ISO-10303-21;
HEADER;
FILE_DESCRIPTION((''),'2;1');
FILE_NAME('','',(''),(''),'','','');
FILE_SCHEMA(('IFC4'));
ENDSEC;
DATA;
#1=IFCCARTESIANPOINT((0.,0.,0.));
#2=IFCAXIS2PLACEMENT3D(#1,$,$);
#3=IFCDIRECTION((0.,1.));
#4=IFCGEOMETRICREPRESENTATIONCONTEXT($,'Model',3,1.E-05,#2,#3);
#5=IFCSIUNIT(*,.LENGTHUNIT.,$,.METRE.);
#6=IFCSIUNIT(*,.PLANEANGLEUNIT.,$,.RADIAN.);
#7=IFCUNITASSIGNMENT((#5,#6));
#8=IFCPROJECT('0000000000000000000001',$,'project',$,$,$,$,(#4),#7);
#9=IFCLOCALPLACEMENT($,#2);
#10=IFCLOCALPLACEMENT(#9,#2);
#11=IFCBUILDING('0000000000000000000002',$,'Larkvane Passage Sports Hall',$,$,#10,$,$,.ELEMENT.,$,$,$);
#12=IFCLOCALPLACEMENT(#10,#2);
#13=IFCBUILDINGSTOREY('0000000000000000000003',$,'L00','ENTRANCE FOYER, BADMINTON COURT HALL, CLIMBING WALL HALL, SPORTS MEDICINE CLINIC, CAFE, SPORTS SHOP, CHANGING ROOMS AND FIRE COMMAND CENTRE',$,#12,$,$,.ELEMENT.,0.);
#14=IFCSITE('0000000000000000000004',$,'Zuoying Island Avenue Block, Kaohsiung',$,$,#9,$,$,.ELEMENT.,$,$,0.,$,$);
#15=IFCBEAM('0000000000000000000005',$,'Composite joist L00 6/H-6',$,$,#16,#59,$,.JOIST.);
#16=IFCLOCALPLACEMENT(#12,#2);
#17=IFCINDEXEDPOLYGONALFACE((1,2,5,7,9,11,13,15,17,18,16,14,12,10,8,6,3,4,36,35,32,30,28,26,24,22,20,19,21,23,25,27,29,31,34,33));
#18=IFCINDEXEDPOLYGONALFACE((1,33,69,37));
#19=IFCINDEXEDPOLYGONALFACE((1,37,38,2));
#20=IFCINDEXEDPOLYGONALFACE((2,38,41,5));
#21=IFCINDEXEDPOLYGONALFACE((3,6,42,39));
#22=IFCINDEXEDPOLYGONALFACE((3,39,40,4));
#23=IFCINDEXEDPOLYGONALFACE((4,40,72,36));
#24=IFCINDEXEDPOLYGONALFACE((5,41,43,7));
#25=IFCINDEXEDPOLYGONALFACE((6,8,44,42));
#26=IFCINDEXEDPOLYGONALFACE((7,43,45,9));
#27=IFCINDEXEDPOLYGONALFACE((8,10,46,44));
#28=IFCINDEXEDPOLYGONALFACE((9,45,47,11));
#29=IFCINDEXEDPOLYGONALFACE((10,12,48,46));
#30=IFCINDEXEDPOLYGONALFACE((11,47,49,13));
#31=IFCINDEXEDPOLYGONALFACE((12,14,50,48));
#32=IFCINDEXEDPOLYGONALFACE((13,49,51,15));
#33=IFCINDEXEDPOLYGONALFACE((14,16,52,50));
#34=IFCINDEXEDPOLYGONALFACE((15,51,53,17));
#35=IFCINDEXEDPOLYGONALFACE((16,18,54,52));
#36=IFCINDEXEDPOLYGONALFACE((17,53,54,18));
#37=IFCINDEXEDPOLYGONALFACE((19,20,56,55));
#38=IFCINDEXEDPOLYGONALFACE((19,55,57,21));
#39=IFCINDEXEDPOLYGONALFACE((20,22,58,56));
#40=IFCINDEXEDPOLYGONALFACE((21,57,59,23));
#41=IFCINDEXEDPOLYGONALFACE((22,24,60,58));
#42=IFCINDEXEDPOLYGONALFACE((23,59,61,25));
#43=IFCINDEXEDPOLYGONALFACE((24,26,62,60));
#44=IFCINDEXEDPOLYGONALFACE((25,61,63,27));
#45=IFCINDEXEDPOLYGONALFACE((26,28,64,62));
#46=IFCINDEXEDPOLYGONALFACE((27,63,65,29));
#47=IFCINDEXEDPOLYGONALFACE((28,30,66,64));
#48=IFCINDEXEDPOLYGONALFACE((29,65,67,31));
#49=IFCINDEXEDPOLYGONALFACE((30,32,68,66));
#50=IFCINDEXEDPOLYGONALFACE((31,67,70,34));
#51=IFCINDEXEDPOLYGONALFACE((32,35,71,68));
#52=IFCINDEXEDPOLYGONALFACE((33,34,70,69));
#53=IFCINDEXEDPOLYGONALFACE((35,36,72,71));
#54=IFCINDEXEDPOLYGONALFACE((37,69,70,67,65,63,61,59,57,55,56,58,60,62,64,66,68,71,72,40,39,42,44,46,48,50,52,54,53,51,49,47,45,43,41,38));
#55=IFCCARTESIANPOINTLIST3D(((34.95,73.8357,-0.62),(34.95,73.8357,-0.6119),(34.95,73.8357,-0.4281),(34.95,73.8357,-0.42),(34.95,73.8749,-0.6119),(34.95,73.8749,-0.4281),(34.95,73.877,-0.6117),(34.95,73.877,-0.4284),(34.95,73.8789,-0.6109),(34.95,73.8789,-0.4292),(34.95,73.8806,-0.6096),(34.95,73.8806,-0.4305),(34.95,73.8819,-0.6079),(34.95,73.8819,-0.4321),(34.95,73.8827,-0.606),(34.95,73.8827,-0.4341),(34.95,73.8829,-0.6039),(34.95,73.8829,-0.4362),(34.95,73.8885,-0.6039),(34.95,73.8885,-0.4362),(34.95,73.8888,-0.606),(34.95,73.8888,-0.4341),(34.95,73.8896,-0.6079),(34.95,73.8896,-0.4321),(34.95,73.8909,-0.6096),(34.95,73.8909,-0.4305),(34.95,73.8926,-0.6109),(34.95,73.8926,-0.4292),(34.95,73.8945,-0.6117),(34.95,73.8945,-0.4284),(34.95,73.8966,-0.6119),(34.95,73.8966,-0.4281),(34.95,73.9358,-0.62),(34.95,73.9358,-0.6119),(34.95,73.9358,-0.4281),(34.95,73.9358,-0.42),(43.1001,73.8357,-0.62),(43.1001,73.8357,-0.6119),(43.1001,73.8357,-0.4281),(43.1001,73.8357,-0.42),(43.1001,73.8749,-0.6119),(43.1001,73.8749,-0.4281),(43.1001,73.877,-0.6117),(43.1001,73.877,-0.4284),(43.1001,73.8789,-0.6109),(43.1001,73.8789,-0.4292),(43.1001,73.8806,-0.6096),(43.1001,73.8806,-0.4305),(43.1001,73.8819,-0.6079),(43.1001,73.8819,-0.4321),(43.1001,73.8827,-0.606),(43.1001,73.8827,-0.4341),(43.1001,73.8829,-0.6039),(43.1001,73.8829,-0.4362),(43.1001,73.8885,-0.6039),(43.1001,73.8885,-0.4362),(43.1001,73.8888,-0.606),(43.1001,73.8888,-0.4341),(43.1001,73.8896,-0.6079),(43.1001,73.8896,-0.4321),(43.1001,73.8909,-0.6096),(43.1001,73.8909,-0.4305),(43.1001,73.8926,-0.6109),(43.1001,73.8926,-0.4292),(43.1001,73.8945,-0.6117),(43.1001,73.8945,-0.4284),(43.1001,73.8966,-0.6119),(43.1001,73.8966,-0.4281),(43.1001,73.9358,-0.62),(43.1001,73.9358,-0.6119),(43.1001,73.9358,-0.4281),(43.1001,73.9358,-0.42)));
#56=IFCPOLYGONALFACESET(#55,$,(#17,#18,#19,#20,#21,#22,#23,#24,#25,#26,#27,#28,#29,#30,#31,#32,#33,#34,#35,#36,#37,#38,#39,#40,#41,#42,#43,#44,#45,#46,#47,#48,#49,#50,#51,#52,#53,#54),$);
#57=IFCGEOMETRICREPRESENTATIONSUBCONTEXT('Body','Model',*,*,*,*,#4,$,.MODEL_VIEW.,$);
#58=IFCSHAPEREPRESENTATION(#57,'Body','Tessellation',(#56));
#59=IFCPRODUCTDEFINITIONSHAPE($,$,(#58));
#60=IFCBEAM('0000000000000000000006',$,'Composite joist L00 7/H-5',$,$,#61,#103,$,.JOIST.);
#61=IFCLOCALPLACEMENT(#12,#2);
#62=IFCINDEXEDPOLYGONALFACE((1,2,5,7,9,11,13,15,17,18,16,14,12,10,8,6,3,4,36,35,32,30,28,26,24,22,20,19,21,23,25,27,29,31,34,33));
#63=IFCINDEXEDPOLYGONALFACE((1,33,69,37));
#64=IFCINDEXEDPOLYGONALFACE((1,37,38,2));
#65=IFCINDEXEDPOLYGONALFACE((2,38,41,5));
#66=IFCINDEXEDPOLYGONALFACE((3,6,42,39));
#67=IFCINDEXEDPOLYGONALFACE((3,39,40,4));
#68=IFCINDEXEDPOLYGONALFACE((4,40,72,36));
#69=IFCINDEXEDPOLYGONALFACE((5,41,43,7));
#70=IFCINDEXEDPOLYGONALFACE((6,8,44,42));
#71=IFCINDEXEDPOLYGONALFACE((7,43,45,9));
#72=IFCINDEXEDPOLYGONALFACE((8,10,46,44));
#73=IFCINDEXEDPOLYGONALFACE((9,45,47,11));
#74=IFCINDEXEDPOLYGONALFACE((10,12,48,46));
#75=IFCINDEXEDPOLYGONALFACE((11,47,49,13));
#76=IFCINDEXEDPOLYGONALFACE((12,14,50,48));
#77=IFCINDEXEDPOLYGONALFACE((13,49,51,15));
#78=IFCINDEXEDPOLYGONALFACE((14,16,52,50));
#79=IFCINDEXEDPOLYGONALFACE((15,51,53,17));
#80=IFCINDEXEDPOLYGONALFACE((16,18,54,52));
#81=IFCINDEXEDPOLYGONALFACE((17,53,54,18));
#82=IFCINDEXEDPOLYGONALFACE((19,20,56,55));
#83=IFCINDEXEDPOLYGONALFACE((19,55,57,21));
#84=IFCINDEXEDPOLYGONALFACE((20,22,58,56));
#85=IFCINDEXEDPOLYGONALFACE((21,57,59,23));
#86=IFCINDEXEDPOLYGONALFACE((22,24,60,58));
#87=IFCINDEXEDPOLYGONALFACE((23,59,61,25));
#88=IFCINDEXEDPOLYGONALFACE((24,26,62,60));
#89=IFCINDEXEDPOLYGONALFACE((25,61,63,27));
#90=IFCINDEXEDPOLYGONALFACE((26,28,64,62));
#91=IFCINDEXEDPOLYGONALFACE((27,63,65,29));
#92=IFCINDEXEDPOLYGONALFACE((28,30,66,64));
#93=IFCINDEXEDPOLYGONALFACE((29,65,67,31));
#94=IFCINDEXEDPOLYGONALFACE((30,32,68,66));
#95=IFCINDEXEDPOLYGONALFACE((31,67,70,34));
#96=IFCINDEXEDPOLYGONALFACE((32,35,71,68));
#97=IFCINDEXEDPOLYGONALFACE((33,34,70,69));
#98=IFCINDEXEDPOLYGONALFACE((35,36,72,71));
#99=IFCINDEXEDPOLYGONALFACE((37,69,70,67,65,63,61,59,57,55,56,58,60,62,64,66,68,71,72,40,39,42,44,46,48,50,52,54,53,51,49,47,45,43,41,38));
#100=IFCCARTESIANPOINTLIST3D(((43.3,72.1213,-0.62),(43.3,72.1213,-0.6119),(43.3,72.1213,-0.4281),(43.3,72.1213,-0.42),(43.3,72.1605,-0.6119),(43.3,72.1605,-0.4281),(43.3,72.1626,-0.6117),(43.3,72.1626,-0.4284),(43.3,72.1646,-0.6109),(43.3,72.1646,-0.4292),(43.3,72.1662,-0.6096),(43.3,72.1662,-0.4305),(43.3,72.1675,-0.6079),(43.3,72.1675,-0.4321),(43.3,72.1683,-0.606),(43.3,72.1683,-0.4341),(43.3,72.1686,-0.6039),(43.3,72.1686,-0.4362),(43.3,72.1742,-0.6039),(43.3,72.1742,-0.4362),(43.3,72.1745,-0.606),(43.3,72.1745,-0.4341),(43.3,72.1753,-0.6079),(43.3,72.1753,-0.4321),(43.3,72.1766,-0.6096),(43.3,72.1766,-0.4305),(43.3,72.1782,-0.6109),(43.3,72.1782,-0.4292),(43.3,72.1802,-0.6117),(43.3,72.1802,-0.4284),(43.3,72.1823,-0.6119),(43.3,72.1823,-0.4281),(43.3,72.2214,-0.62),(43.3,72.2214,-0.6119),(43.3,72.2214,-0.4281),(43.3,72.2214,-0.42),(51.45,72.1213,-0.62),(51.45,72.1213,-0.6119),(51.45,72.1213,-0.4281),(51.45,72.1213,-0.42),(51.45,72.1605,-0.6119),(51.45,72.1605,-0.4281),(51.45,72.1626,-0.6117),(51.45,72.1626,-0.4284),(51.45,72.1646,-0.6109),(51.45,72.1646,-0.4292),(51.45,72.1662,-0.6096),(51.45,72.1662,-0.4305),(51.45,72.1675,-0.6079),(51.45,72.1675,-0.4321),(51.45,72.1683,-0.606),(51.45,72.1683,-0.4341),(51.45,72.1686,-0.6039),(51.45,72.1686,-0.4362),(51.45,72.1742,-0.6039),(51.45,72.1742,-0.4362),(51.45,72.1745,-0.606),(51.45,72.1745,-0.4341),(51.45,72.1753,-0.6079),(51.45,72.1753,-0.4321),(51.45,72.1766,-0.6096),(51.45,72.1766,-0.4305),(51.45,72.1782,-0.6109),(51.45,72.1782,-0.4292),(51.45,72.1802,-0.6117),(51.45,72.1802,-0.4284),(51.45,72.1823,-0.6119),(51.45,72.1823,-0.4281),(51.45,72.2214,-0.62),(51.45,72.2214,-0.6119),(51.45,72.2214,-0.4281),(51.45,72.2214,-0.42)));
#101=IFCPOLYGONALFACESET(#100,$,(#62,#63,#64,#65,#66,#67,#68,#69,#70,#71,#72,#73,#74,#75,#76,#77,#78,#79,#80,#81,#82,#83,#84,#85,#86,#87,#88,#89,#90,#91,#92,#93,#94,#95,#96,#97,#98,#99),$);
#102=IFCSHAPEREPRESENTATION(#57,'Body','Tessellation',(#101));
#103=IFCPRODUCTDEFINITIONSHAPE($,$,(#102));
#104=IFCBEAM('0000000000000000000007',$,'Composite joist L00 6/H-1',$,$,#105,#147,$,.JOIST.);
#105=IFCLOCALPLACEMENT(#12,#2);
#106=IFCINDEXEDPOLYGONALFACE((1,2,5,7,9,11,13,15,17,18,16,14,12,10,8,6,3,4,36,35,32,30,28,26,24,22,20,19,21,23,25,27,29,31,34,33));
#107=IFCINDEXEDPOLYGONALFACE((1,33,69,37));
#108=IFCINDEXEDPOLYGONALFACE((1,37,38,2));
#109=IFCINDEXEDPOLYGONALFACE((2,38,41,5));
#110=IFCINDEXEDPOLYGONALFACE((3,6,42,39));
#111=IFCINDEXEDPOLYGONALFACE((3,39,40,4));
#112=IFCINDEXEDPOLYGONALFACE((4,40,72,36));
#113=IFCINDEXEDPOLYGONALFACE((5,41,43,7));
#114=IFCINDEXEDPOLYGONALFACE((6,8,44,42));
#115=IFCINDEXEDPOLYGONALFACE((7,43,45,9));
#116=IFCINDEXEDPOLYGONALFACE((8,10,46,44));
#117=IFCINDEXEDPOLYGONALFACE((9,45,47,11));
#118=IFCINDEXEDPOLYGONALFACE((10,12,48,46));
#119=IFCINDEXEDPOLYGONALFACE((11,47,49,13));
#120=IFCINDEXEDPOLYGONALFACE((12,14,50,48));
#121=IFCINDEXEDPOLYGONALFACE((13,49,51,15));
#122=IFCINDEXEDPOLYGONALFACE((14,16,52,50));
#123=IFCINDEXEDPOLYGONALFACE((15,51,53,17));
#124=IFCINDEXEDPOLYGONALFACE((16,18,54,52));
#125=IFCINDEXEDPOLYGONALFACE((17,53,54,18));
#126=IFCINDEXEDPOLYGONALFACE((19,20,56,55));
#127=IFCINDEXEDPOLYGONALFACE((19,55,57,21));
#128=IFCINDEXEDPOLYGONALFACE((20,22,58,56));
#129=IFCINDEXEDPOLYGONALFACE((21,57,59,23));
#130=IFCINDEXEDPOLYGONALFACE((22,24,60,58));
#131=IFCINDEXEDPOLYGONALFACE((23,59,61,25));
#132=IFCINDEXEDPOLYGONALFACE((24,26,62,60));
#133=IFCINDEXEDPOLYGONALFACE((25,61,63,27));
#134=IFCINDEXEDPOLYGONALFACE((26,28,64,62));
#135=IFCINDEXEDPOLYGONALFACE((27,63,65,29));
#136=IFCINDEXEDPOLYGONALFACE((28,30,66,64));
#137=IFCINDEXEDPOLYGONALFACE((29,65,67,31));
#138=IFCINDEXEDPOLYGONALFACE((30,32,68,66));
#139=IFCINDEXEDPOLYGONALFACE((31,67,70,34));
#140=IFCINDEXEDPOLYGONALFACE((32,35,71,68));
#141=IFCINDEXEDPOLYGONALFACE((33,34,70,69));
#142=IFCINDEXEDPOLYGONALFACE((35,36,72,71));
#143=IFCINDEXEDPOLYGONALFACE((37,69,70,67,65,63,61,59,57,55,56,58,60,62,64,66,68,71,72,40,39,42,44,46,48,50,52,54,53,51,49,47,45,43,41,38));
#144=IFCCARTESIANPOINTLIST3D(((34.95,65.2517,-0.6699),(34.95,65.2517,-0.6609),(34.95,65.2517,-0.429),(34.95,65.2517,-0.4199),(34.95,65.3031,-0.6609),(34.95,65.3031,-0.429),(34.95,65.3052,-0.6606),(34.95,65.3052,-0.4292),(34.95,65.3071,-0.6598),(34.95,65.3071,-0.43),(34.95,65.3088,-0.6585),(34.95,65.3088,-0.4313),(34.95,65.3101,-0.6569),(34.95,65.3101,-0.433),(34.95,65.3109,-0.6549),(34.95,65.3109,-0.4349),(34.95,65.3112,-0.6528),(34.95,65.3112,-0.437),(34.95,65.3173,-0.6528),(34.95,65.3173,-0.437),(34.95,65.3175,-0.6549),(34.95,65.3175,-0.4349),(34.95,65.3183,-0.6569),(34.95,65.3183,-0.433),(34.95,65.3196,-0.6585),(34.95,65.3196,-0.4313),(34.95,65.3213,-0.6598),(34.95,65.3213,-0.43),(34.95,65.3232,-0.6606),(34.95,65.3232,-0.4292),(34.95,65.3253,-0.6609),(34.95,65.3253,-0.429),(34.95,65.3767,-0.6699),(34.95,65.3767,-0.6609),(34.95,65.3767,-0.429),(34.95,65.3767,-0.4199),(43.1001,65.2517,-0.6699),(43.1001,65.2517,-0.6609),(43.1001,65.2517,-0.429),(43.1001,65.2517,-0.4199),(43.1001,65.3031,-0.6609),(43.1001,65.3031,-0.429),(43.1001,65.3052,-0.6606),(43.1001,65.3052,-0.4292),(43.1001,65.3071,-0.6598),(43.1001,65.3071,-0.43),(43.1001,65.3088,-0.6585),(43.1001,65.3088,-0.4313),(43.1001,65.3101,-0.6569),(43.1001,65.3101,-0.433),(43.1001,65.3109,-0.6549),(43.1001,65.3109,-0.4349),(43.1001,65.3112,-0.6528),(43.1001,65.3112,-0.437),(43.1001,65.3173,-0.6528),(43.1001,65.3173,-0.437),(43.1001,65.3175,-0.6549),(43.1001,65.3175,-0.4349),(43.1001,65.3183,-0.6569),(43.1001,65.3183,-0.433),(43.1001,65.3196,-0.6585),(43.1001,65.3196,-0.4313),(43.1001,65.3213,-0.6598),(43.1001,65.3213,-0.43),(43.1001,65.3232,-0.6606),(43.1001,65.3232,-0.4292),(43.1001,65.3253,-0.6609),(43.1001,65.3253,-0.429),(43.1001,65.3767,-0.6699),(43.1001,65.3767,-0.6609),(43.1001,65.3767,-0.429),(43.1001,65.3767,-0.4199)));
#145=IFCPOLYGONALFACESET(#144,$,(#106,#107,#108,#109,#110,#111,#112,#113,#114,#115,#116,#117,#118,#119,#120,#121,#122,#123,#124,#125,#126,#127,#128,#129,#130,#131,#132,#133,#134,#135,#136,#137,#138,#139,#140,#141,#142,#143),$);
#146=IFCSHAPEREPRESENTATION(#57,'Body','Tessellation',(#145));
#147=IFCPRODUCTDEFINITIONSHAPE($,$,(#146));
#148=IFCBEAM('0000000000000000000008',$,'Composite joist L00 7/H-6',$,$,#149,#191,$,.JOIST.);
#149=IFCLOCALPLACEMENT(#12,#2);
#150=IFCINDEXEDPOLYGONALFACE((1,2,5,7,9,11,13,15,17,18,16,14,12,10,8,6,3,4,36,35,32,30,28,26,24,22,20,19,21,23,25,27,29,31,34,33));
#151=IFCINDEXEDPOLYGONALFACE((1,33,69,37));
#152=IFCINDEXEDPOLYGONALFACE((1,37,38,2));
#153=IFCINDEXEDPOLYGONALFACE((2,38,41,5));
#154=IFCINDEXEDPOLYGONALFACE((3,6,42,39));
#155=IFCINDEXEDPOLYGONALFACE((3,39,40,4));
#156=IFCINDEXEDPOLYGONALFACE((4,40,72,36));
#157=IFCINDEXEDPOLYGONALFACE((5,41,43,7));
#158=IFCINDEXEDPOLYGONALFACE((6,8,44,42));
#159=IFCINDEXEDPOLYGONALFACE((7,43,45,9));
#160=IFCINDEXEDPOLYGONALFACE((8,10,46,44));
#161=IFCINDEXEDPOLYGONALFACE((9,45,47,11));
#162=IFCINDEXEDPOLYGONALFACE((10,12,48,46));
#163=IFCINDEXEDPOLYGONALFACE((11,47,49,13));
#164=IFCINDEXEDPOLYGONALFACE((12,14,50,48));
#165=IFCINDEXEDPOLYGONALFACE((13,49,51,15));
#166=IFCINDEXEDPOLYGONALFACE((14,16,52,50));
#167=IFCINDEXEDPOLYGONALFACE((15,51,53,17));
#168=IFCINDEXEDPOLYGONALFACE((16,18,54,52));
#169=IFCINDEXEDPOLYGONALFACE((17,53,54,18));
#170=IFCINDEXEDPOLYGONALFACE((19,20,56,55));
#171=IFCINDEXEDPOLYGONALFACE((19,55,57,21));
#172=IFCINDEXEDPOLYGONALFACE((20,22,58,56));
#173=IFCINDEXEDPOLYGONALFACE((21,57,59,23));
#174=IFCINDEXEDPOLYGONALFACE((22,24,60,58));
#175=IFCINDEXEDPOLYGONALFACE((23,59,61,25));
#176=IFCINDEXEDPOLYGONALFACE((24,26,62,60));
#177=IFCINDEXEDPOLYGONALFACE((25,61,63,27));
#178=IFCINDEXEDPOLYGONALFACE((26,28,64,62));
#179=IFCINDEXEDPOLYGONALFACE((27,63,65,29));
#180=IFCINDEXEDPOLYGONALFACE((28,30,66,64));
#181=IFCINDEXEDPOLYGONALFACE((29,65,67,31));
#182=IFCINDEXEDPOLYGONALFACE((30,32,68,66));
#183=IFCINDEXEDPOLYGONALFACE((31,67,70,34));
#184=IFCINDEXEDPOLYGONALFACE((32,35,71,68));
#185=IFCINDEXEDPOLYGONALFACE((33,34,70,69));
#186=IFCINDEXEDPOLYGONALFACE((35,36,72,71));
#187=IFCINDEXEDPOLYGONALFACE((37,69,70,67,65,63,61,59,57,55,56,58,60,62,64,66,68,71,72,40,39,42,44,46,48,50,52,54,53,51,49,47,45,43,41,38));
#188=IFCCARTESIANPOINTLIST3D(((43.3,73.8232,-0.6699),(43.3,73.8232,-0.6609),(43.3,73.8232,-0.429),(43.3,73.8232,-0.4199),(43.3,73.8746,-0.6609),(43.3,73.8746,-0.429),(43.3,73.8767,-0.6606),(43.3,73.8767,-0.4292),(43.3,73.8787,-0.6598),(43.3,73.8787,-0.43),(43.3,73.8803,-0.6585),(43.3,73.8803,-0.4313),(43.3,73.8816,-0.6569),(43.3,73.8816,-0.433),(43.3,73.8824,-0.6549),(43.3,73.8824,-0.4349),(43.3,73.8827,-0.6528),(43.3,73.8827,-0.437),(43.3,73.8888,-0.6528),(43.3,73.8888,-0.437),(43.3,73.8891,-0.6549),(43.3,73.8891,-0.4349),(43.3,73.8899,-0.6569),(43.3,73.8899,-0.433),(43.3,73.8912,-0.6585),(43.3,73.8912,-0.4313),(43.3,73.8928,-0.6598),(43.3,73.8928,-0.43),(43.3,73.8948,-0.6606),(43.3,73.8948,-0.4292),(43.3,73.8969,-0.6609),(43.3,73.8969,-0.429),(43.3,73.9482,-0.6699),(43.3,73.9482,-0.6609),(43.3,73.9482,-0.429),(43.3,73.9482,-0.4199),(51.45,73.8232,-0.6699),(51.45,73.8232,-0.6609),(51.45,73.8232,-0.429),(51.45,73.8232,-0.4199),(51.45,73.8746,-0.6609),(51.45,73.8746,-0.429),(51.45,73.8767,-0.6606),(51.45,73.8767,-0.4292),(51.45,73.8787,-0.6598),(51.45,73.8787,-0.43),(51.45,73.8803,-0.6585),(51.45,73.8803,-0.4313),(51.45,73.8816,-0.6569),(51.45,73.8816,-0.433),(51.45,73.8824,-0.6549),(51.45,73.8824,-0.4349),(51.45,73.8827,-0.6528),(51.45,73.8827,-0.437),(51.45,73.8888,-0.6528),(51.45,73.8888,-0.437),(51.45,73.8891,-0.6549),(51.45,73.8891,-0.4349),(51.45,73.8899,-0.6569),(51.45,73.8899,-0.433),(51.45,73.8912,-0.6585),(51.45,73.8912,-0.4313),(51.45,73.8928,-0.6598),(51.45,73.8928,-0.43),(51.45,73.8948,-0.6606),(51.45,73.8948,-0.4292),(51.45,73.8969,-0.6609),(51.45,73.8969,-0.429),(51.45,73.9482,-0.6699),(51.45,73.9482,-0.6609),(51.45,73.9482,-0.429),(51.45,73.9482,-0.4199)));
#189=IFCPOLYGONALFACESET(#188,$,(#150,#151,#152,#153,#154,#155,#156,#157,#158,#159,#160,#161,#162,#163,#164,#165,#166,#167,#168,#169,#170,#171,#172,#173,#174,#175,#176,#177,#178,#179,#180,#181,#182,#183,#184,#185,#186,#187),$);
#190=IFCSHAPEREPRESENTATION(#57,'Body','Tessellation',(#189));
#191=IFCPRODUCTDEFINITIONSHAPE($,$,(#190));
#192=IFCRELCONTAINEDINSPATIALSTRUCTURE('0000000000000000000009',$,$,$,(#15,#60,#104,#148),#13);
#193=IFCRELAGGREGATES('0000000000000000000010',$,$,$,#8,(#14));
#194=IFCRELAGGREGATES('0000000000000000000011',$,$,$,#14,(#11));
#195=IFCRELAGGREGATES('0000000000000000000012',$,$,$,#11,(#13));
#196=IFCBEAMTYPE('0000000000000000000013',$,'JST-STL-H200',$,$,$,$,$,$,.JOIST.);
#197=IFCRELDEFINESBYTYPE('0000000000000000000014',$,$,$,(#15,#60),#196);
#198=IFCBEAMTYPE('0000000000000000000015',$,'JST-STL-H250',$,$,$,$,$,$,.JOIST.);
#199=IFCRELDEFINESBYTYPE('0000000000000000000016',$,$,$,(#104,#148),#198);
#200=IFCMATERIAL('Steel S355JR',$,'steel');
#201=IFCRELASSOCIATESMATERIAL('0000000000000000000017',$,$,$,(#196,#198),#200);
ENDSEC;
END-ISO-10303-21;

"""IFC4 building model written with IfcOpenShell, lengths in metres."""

from ifc_helpers import new_model, si_unit, direction, frame, origin, origin_2d, place, context, subcontext, project, spatial, i_section, extrude, material, material_profile, profile_set, type_object, element, save


model = new_model("IFC4")

# Units and contexts
model_context = context("Model", 3, precision=1e-05, world=origin(), true_north=direction((0.0, 1.0)))
body_context = subcontext(model_context, "Body", "Model", "MODEL_VIEW")
ifc_project = project(units=[si_unit("LENGTHUNIT", "METRE"), si_unit("PLANEANGLEUNIT", "RADIAN")], contexts=[model_context])

# Site, building, storey
site_placement = place(None, origin())
site = spatial("IfcSite", under=ifc_project, at=site_placement, Name="Zuoying Island Avenue Block, Kaohsiung", CompositionType="ELEMENT", RefElevation=0.0)
building_placement = place(site_placement, origin())
building = spatial("IfcBuilding", under=site, at=building_placement, Name="Larkvane Passage Sports Hall", CompositionType="ELEMENT")
storey_placement = place(building_placement, origin())
storey = spatial("IfcBuildingStorey", under=building, at=storey_placement, Name="L00", Description="ENTRANCE FOYER, BADMINTON COURT HALL, CLIMBING WALL HALL, SPORTS MEDICINE CLINIC, CAFE, SPORTS SHOP, CHANGING ROOMS AND FIRE COMMAND CENTRE", CompositionType="ELEMENT", Elevation=0.0)

# Beams
ifc_material_1 = material(Name="Steel S355JR", Category="steel")
ifc_material_profile_1 = material_profile(ifc_material_1, i_section(OverallWidth=0.1001, OverallDepth=0.2, WebThickness=0.0056, FlangeThickness=0.0081, FilletRadius=0.0081, at=origin_2d()), Name="H-200x100x5.5x8")
ifc_profile_set_1 = profile_set([ifc_material_profile_1], Name="Steel S355JR")
beam_type_1 = type_object("IfcBeamType", Name="JST-STL-H200", PredefinedType="JOIST", material=ifc_profile_set_1)
beam_1_placement = place(storey_placement, frame((34.95, 73.8857, -0.52), z_axis=(1.0, 0.0, 0.0), x_axis=(0.0, 1.0, 0.0)))
element("IfcBeam", 1, at=beam_1_placement, inside=storey, type_object=beam_type_1, Name="Composite joist L00 6/H-6", PredefinedType="JOIST", context=body_context, shape_type="SweptSolid", body=[
    extrude(i_section(OverallWidth=0.1001, OverallDepth=0.2, WebThickness=0.0056, FlangeThickness=0.0081, FilletRadius=0.0081, at=origin_2d()), origin(), (0.0, 0.0, 1.0), 8.1501),
])
beam_2_placement = place(storey_placement, frame((43.3, 72.1714, -0.52), z_axis=(1.0, 0.0, 0.0), x_axis=(0.0, 1.0, 0.0)))
element("IfcBeam", 2, at=beam_2_placement, inside=storey, type_object=beam_type_1, Name="Composite joist L00 7/H-5", PredefinedType="JOIST", context=body_context, shape_type="SweptSolid", body=[
    extrude(i_section(OverallWidth=0.1001, OverallDepth=0.2, WebThickness=0.0056, FlangeThickness=0.0081, FilletRadius=0.0081, at=origin_2d()), origin(), (0.0, 0.0, 1.0), 8.1499),
])
ifc_material_profile_2 = material_profile(ifc_material_1, i_section(OverallWidth=0.125, OverallDepth=0.25, WebThickness=0.0061, FlangeThickness=0.009, FilletRadius=0.0081, at=origin_2d()), Name="H-250x125x6x9")
ifc_profile_set_2 = profile_set([ifc_material_profile_2], Name="Steel S355JR")
beam_type_2 = type_object("IfcBeamType", Name="JST-STL-H250", PredefinedType="JOIST", material=ifc_profile_set_2)
beam_3_placement = place(storey_placement, frame((34.95, 65.3142, -0.5449), z_axis=(1.0, 0.0, 0.0), x_axis=(0.0, 1.0, 0.0)))
element("IfcBeam", 3, at=beam_3_placement, inside=storey, type_object=beam_type_2, Name="Composite joist L00 6/H-1", PredefinedType="JOIST", context=body_context, shape_type="SweptSolid", body=[
    extrude(i_section(OverallWidth=0.125, OverallDepth=0.25, WebThickness=0.0061, FlangeThickness=0.009, FilletRadius=0.0081, at=origin_2d()), origin(), (0.0, 0.0, 1.0), 8.1501),
])
beam_4_placement = place(storey_placement, frame((43.3, 73.8857, -0.5449), z_axis=(1.0, 0.0, 0.0), x_axis=(0.0, 1.0, 0.0)))
element("IfcBeam", 4, at=beam_4_placement, inside=storey, type_object=beam_type_2, Name="Composite joist L00 7/H-6", PredefinedType="JOIST", context=body_context, shape_type="SweptSolid", body=[
    extrude(i_section(OverallWidth=0.125, OverallDepth=0.25, WebThickness=0.0061, FlangeThickness=0.009, FilletRadius=0.0081, at=origin_2d()), origin(), (0.0, 0.0, 1.0), 8.1499),
])

save(model, "model.ifc")
